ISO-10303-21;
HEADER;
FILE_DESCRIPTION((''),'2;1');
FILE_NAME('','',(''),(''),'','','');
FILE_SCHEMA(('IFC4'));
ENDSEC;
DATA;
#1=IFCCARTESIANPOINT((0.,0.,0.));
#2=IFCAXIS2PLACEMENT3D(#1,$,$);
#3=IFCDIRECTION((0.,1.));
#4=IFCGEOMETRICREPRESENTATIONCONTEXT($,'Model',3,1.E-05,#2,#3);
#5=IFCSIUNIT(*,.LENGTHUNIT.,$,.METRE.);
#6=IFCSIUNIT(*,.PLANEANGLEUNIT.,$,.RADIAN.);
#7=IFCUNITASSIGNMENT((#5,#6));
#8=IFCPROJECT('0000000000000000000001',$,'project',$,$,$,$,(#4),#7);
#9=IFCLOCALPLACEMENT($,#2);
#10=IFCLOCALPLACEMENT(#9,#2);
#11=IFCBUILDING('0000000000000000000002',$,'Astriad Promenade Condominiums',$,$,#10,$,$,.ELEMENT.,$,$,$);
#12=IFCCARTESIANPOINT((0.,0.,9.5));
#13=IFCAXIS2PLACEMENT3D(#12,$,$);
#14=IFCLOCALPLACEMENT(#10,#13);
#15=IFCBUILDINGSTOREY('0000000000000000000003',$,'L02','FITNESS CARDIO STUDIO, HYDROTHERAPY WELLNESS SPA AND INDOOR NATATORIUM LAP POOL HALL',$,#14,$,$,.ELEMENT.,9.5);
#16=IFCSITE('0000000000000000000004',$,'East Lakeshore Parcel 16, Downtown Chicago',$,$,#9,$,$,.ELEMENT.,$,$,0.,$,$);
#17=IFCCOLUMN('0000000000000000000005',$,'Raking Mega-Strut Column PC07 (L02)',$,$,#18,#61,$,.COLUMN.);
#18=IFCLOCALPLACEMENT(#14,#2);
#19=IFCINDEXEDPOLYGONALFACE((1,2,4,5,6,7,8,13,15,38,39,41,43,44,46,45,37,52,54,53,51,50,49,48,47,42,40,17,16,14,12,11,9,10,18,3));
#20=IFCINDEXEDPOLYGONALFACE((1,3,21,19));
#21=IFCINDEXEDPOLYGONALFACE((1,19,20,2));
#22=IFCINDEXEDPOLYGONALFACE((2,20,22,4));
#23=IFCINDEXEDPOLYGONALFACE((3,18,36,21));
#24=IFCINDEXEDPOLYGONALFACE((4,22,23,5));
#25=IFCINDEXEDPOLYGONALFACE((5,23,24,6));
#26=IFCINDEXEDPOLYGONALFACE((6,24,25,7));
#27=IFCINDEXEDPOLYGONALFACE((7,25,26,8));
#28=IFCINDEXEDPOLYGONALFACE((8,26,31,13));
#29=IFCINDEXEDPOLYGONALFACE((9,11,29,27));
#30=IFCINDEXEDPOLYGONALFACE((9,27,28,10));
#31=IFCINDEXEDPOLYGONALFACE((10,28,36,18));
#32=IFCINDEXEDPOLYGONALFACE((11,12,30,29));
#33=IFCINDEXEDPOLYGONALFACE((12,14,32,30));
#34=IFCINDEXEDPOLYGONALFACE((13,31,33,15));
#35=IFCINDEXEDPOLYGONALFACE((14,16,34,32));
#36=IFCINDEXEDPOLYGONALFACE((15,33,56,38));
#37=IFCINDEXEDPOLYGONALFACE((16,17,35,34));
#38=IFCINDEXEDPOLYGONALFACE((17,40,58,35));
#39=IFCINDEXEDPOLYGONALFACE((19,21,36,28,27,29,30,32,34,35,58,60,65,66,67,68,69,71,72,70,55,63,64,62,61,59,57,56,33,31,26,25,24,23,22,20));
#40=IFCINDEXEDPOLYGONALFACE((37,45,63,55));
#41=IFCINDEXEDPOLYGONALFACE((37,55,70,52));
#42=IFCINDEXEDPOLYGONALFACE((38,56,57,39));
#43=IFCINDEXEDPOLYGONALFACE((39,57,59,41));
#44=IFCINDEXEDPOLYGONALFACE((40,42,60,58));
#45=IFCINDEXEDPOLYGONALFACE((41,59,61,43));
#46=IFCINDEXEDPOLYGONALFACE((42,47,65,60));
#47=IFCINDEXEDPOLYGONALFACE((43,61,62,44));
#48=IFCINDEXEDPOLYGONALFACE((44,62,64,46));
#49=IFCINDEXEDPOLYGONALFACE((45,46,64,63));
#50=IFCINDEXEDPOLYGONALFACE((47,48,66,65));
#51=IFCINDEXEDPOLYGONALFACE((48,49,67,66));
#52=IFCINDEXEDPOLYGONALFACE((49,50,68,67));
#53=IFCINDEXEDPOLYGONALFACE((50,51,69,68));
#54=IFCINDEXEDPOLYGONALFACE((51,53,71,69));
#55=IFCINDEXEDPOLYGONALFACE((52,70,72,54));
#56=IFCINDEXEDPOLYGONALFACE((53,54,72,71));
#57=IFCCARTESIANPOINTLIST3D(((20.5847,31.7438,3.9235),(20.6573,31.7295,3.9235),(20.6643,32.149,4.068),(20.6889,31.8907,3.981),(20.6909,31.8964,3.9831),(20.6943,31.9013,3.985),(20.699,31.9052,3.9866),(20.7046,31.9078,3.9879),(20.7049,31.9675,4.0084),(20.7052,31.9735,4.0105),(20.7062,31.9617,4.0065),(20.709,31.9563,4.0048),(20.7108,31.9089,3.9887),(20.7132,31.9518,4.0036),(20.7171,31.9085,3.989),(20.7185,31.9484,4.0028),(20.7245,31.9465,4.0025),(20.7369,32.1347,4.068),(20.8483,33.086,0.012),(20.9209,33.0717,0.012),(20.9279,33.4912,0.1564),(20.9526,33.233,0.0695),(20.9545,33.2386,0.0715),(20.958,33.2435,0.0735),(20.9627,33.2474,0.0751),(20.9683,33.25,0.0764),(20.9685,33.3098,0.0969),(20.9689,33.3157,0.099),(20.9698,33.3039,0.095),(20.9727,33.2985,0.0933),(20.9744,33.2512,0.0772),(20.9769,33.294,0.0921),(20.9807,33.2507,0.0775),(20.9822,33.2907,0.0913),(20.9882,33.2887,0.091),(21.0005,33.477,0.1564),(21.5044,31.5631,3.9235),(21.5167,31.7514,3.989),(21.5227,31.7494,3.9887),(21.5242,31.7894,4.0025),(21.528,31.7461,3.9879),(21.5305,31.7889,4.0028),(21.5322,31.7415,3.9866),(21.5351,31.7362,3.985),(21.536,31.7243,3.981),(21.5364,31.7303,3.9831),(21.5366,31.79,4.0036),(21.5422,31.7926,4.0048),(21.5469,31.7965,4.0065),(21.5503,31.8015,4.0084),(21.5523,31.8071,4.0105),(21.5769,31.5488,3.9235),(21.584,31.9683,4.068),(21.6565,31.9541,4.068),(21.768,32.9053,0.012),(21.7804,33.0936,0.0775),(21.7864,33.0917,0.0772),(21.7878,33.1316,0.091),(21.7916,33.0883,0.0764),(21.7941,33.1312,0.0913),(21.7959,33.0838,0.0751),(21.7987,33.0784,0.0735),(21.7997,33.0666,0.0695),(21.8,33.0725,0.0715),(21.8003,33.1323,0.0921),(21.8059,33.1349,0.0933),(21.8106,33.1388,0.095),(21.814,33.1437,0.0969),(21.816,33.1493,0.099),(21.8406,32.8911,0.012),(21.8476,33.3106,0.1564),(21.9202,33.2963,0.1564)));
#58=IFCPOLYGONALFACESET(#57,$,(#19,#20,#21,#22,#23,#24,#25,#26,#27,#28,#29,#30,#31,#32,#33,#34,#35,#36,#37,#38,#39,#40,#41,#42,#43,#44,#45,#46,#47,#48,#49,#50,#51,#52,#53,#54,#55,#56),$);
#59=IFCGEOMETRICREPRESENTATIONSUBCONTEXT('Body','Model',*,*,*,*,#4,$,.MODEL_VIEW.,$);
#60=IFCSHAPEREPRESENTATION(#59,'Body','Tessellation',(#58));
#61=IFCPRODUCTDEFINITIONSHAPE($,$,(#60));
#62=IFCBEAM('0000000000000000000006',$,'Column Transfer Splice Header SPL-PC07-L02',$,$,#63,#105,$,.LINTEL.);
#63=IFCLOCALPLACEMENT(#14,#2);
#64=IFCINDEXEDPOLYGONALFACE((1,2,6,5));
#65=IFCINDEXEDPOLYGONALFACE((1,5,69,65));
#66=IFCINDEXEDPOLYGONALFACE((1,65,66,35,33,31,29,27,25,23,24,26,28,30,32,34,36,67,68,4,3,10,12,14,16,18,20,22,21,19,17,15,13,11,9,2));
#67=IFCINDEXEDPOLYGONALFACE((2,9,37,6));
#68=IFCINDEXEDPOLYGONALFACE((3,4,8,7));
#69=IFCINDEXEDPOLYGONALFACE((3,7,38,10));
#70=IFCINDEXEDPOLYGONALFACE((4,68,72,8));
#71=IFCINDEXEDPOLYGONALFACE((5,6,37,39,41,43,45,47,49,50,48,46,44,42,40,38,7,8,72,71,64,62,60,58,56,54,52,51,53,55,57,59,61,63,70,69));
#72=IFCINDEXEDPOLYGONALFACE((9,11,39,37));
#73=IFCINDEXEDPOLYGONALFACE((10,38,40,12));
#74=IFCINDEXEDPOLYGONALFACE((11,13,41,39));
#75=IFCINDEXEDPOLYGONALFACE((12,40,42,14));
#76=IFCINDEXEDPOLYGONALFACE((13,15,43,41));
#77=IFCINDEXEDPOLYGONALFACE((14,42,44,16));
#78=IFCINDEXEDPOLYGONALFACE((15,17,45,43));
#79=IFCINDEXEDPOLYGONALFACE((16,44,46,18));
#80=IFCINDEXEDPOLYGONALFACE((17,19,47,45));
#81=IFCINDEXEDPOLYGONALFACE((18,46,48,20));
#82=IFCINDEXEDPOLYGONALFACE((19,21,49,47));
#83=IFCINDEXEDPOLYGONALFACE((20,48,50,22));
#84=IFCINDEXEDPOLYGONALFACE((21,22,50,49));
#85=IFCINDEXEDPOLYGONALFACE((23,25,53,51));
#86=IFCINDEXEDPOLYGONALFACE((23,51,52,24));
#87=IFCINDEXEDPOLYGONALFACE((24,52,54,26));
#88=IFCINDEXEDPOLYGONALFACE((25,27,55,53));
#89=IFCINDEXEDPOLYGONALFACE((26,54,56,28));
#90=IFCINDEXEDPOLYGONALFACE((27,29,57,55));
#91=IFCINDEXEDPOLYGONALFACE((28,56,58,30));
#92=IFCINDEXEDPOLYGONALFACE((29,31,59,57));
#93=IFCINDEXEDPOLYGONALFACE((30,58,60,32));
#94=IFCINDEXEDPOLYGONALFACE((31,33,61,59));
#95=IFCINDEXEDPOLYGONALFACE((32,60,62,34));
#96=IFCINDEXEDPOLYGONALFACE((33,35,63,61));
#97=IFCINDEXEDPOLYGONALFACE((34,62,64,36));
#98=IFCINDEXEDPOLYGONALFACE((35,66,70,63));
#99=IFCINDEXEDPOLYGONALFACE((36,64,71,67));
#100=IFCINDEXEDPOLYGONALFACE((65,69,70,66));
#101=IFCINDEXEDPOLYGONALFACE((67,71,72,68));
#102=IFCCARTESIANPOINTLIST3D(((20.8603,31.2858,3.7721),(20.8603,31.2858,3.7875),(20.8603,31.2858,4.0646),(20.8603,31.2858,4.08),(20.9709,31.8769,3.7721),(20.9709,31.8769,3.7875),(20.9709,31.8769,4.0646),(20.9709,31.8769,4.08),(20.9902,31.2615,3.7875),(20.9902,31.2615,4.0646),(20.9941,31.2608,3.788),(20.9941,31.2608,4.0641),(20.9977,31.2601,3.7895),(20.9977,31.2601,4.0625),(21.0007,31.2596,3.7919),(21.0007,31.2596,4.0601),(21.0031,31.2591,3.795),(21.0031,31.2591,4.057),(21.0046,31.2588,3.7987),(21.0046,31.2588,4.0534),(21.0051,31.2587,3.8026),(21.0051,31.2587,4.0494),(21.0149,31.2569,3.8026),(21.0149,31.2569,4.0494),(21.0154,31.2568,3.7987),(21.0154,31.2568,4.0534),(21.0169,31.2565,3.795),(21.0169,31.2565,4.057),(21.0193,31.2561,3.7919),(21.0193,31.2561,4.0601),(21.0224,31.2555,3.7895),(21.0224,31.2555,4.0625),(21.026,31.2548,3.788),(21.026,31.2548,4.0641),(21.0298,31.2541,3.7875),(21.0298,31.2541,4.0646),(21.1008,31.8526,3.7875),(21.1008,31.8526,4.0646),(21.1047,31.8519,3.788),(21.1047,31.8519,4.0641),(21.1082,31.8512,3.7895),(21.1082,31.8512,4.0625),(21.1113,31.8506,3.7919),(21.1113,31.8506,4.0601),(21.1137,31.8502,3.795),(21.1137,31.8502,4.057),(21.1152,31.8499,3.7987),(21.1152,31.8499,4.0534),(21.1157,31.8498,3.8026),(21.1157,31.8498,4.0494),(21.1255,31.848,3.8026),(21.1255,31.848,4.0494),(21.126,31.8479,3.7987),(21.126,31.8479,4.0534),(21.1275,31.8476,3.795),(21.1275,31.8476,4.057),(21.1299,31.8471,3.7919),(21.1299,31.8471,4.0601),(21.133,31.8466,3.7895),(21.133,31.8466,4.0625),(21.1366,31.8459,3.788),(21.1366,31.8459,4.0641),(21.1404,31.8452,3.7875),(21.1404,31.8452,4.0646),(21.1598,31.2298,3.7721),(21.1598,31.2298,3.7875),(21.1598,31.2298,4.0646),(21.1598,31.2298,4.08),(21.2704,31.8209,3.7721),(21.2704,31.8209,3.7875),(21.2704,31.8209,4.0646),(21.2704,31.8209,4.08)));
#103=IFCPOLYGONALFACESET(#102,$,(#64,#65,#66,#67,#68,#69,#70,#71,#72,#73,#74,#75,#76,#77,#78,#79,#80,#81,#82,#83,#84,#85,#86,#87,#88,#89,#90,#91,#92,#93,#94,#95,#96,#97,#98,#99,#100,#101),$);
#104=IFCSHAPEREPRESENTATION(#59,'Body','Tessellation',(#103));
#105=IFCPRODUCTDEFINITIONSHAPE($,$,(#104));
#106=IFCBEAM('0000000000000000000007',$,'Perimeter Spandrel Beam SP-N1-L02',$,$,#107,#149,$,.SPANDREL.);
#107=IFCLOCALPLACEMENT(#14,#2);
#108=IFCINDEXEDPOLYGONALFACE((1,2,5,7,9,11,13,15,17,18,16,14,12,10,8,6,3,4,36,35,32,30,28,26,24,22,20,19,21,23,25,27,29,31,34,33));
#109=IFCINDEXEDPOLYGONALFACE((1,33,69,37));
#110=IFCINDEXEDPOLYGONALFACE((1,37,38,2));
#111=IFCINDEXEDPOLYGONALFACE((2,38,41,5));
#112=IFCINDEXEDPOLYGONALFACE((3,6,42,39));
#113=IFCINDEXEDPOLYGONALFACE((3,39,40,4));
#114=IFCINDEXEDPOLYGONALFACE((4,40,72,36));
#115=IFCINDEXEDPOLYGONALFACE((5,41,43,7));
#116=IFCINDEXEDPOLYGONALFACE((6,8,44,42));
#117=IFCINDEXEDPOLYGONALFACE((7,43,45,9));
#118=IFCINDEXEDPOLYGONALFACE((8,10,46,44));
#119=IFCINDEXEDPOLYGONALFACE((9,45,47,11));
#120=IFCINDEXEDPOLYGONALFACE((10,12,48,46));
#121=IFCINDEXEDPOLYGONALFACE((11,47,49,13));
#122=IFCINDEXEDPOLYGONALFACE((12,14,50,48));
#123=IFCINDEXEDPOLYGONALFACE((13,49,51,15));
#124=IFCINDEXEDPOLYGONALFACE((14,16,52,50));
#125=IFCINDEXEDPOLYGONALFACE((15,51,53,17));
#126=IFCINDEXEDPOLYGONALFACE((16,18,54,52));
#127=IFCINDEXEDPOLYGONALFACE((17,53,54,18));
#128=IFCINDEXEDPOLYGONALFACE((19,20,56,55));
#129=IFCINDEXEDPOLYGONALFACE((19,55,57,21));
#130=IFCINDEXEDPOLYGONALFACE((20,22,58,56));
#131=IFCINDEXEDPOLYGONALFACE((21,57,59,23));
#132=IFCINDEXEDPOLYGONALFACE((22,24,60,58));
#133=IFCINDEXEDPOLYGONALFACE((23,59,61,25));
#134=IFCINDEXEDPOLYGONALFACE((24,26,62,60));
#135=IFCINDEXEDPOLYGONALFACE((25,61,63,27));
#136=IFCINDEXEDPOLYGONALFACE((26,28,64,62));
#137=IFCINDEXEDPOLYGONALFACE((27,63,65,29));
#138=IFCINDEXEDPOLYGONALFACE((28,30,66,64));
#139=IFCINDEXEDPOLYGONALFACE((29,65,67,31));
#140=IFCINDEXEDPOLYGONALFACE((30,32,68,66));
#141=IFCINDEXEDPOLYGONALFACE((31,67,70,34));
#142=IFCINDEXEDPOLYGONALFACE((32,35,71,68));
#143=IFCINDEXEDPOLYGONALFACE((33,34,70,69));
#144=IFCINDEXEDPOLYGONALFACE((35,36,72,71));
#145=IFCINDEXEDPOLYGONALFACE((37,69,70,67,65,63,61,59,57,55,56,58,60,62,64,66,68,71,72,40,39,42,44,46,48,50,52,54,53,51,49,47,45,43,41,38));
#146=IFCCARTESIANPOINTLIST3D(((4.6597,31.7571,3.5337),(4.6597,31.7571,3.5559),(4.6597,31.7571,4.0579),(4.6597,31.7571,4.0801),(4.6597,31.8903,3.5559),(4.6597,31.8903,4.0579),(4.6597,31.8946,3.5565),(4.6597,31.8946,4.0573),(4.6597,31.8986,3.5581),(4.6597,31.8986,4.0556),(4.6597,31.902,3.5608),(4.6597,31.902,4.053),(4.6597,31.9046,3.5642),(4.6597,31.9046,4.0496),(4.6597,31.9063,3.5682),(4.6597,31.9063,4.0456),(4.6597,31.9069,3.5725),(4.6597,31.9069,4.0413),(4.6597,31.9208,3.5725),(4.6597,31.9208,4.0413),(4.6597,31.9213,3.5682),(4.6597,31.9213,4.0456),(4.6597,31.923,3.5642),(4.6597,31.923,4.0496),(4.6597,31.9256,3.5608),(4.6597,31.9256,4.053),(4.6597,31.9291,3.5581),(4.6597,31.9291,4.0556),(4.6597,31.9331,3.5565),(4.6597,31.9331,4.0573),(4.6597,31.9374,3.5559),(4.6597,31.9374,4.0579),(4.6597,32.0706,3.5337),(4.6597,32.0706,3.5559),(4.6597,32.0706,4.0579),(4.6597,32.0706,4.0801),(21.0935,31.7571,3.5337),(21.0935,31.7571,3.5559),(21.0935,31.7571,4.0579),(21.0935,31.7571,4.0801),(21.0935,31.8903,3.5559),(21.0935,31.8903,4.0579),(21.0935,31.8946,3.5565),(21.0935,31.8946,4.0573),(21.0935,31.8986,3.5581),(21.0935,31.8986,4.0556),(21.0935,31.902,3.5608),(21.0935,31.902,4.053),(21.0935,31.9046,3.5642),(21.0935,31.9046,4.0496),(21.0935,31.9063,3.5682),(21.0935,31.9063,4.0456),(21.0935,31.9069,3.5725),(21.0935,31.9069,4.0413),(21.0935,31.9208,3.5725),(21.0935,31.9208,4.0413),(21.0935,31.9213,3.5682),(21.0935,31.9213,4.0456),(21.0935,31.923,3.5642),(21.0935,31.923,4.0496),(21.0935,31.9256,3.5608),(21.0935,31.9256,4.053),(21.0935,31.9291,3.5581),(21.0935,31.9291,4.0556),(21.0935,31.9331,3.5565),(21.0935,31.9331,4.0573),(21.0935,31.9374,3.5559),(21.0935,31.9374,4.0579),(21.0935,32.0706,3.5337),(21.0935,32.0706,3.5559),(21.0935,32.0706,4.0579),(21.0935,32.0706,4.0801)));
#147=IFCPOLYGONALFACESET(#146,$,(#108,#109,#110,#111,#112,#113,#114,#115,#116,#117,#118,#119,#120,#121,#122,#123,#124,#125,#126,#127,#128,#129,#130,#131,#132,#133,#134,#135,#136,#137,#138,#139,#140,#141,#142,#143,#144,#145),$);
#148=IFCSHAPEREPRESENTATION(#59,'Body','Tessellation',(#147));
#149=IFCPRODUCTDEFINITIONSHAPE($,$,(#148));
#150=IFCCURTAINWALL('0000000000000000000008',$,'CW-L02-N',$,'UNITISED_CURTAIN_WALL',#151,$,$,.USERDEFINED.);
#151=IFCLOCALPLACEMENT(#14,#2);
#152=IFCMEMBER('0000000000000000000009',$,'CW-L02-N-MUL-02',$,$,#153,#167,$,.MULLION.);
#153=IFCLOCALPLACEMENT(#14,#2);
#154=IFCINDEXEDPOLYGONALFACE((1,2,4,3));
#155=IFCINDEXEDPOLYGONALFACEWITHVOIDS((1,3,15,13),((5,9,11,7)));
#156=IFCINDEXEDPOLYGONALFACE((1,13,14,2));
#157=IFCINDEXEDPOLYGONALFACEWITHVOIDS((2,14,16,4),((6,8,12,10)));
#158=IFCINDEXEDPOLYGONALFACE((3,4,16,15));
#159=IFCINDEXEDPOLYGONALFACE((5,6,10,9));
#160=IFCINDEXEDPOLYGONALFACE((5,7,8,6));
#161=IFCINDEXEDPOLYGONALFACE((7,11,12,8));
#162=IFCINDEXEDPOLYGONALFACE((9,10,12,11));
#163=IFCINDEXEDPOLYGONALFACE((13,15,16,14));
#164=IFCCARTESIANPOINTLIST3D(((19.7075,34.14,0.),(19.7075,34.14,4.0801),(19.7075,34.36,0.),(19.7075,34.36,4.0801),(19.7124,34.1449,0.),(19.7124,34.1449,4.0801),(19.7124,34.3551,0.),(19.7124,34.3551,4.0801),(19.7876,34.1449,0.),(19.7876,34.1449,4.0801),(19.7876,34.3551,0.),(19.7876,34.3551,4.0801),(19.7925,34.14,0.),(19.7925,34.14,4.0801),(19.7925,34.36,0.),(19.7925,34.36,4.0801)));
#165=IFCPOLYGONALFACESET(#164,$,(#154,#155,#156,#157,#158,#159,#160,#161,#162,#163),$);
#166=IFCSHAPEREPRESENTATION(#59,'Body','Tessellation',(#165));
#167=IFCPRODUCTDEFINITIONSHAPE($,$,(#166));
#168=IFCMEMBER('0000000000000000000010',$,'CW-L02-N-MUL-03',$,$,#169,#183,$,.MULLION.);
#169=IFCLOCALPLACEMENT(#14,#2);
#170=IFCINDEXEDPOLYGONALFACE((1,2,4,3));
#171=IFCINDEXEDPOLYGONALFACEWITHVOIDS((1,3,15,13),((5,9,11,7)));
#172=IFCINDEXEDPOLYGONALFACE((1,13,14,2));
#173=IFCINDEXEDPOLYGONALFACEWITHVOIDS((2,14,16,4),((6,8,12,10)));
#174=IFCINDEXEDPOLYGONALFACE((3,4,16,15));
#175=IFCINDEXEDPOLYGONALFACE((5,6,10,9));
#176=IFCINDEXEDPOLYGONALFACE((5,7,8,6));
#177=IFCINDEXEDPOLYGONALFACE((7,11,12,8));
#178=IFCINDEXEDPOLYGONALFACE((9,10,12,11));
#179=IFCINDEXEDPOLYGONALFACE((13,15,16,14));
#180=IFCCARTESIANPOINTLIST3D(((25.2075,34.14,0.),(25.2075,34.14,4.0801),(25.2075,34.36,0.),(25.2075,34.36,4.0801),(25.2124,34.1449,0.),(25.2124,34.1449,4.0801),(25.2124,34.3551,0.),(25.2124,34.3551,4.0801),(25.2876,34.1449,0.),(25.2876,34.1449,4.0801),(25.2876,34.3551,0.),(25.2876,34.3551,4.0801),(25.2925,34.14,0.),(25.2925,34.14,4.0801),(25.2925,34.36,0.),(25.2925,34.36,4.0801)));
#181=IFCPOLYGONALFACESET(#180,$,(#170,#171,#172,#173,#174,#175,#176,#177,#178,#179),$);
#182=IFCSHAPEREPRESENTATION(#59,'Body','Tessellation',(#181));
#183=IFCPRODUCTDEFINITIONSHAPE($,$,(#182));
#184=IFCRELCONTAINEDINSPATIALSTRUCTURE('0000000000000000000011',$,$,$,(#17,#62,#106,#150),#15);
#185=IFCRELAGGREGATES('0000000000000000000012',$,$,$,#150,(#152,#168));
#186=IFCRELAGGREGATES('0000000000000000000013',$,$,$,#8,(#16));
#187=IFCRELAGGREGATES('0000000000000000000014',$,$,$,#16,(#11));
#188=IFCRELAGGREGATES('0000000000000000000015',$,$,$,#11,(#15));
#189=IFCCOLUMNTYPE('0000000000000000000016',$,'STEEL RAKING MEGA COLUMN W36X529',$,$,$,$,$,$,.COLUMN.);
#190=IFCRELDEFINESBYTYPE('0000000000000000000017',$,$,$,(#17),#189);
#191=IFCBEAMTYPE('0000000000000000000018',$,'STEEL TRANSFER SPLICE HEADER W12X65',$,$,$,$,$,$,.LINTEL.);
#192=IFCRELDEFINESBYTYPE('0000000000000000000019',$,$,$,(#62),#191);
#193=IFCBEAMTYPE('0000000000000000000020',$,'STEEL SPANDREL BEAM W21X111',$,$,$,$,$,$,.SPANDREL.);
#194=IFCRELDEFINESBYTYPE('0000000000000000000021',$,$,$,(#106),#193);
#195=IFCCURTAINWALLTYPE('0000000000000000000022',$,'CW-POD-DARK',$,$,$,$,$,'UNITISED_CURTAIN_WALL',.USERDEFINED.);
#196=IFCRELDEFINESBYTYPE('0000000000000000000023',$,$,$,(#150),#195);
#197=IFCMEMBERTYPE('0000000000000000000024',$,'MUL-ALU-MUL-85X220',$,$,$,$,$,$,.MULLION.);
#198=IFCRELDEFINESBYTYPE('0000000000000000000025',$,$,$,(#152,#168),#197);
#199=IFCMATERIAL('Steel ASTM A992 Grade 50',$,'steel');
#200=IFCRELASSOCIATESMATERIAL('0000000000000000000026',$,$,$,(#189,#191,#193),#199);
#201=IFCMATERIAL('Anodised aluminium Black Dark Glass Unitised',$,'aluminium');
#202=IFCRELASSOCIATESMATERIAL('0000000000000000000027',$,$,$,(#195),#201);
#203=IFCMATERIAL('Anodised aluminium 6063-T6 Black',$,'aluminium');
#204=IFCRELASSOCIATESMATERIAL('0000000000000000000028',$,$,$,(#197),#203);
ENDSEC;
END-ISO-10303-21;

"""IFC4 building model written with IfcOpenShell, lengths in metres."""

from ifc_helpers import new_model, si_unit, direction, frame, origin, origin_2d, place, context, subcontext, project, spatial, hollow_rectangle, i_section, extrude, source, transform, mapped, material, material_profile, profile_set, type_object, type_shapes, element, aggregate, save


model = new_model("IFC4")

# Units and contexts
model_context = context("Model", 3, precision=1e-05, world=origin(), true_north=direction((0.0, 1.0)))
body_context = subcontext(model_context, "Body", "Model", "MODEL_VIEW")
ifc_project = project(units=[si_unit("LENGTHUNIT", "METRE"), si_unit("PLANEANGLEUNIT", "RADIAN")], contexts=[model_context])

# Site, building, storey
site_placement = place(None, origin())
site = spatial("IfcSite", under=ifc_project, at=site_placement, Name="East Lakeshore Parcel 16, Downtown Chicago", CompositionType="ELEMENT", RefElevation=0.0)
building_placement = place(site_placement, origin())
building = spatial("IfcBuilding", under=site, at=building_placement, Name="Astriad Promenade Condominiums", CompositionType="ELEMENT")
storey_placement = place(building_placement, frame((0.0, 0.0, 9.5)))
storey = spatial("IfcBuildingStorey", under=building, at=storey_placement, Name="L02", Description="FITNESS CARDIO STUDIO, HYDROTHERAPY WELLNESS SPA AND INDOOR NATATORIUM LAP POOL HALL", CompositionType="ELEMENT", Elevation=9.5)

# Column
ifc_material_1 = material(Name="Steel ASTM A992 Grade 50", Category="steel")
ifc_material_profile_1 = material_profile(ifc_material_1, i_section(OverallWidth=0.4375, OverallDepth=1.0112, WebThickness=0.041, FlangeThickness=0.074, FilletRadius=0.0242, at=origin_2d()), Name="W36X529")
ifc_profile_set_1 = profile_set([ifc_material_profile_1], Name="Steel ASTM A992 Grade 50")
column_type = type_object("IfcColumnType", Name="STEEL RAKING MEGA COLUMN W36X529", PredefinedType="COLUMN", material=ifc_profile_set_1)
shared_shape_1 = source(origin(), body_context, "Body", "SweptSolid", [
    extrude(i_section(OverallWidth=0.4375, OverallDepth=1.0112, WebThickness=0.041, FlangeThickness=0.074, FilletRadius=0.0242, at=origin_2d()), origin(), (0.0, 0.0, 1.0), 4.1438),
])
type_shapes(column_type, [shared_shape_1])
column_placement = place(storey_placement, frame((21.3843, 33.1912, 0.0842), z_axis=(-0.063629, -0.323917, 0.943943), x_axis=(0.181946, 0.926242, 0.330107)))
element("IfcColumn", 1, at=column_placement, inside=storey, type_object=column_type, Name="Raking Mega-Strut Column PC07 (L02)", PredefinedType="COLUMN", context=body_context, shape_type="MappedRepresentation", body=[
    mapped(shared_shape_1, transform((0.0, 0.0, 0.0), scale=1.0)),
])

# Beams
ifc_material_profile_2 = material_profile(ifc_material_1, i_section(OverallWidth=0.3047, OverallDepth=0.3079, WebThickness=0.01, FlangeThickness=0.0154, FilletRadius=0.0151, at=origin_2d()), Name="W12X65")
ifc_profile_set_2 = profile_set([ifc_material_profile_2], Name="Steel ASTM A992 Grade 50")
beam_type_1 = type_object("IfcBeamType", Name="STEEL TRANSFER SPLICE HEADER W12X65", PredefinedType="LINTEL", material=ifc_profile_set_2)
shared_shape_2 = source(origin(), body_context, "Body", "SweptSolid", [
    extrude(i_section(OverallWidth=0.3047, OverallDepth=0.3079, WebThickness=0.01, FlangeThickness=0.0154, FilletRadius=0.0151, at=origin_2d()), origin(), (0.0, 0.0, 1.0), 0.6013),
])
type_shapes(beam_type_1, [shared_shape_2])
beam_1_placement = place(storey_placement, frame((21.1206, 31.8489, 3.926), z_axis=(-0.183921, -0.982941, 0.0), x_axis=(0.982941, -0.183921, 0.0)))
element("IfcBeam", 2, at=beam_1_placement, inside=storey, type_object=beam_type_1, Name="Column Transfer Splice Header SPL-PC07-L02", PredefinedType="LINTEL", context=body_context, shape_type="MappedRepresentation", body=[
    mapped(shared_shape_2, transform((0.0, 0.0, 0.0), scale=1.0)),
])
ifc_material_profile_3 = material_profile(ifc_material_1, i_section(OverallWidth=0.3135, OverallDepth=0.5464, WebThickness=0.0139, FlangeThickness=0.0222, FilletRadius=0.0166, at=origin_2d()), Name="W21X111")
ifc_profile_set_3 = profile_set([ifc_material_profile_3], Name="Steel ASTM A992 Grade 50")
beam_type_2 = type_object("IfcBeamType", Name="STEEL SPANDREL BEAM W21X111", PredefinedType="SPANDREL", material=ifc_profile_set_3)
shared_shape_3 = source(origin(), body_context, "Body", "SweptSolid", [
    extrude(i_section(OverallWidth=0.3135, OverallDepth=0.5464, WebThickness=0.0139, FlangeThickness=0.0222, FilletRadius=0.0166, at=origin_2d()), origin(), (0.0, 0.0, 1.0), 16.4338),
])
type_shapes(beam_type_2, [shared_shape_3])
beam_2_placement = place(storey_placement, frame((21.0935, 31.9138, 3.8069), z_axis=(-1.0, 0.0, 0.0), x_axis=(0.0, -1.0, 0.0)))
element("IfcBeam", 3, at=beam_2_placement, inside=storey, type_object=beam_type_2, Name="Perimeter Spandrel Beam SP-N1-L02", PredefinedType="SPANDREL", context=body_context, shape_type="MappedRepresentation", body=[
    mapped(shared_shape_3, transform((0.0, 0.0, 0.0), scale=1.0)),
])

# Curtain wall, members
ifc_material_2 = material(Name="Anodised aluminium Black Dark Glass Unitised", Category="aluminium")
curtain_wall_type = type_object("IfcCurtainWallType", Name="CW-POD-DARK", ElementType="UNITISED_CURTAIN_WALL", PredefinedType="USERDEFINED", material=ifc_material_2)
curtain_wall_placement = place(storey_placement, origin())
curtain_wall = element("IfcCurtainWall", 4, at=curtain_wall_placement, inside=storey, type_object=curtain_wall_type, Name="CW-L02-N", ObjectType="UNITISED_CURTAIN_WALL", PredefinedType="USERDEFINED")
ifc_material_3 = material(Name="Anodised aluminium 6063-T6 Black", Category="aluminium")
ifc_material_profile_4 = material_profile(ifc_material_3, hollow_rectangle(XDim=0.085, YDim=0.22, WallThickness=0.0049, at=origin_2d()), Name="ALU-MUL-85X220")
ifc_profile_set_4 = profile_set([ifc_material_profile_4], Name="Anodised aluminium 6063-T6 Black")
member_type_1 = type_object("IfcMemberType", Name="MUL-ALU-MUL-85X220", PredefinedType="MULLION", material=ifc_profile_set_4)
shared_shape_4 = source(origin(), body_context, "Body", "SweptSolid", [
    extrude(hollow_rectangle(XDim=0.085, YDim=0.22, WallThickness=0.0049, at=origin_2d()), origin(), (0.0, 0.0, 1.0), 4.0801),
])
type_shapes(member_type_1, [shared_shape_4])
member_1_placement = place(storey_placement, frame((19.75, 34.25, 0.0), z_axis=(0.0, 0.0, 1.0), x_axis=(1.0, 0.0, 0.0)))
member_1 = element("IfcMember", 5, at=member_1_placement, type_object=member_type_1, Name="CW-L02-N-MUL-02", PredefinedType="MULLION", context=body_context, shape_type="MappedRepresentation", body=[
    mapped(shared_shape_4, transform((0.0, 0.0, 0.0), scale=1.0)),
])
member_2_placement = place(storey_placement, frame((25.25, 34.25, 0.0), z_axis=(0.0, 0.0, 1.0), x_axis=(1.0, 0.0, 0.0)))
member_2 = element("IfcMember", 6, at=member_2_placement, type_object=member_type_1, Name="CW-L02-N-MUL-03", PredefinedType="MULLION", context=body_context, shape_type="MappedRepresentation", body=[
    mapped(shared_shape_4, transform((0.0, 0.0, 0.0), scale=1.0)),
])

aggregate(curtain_wall, [member_1, member_2])

save(model, "model.ifc")
